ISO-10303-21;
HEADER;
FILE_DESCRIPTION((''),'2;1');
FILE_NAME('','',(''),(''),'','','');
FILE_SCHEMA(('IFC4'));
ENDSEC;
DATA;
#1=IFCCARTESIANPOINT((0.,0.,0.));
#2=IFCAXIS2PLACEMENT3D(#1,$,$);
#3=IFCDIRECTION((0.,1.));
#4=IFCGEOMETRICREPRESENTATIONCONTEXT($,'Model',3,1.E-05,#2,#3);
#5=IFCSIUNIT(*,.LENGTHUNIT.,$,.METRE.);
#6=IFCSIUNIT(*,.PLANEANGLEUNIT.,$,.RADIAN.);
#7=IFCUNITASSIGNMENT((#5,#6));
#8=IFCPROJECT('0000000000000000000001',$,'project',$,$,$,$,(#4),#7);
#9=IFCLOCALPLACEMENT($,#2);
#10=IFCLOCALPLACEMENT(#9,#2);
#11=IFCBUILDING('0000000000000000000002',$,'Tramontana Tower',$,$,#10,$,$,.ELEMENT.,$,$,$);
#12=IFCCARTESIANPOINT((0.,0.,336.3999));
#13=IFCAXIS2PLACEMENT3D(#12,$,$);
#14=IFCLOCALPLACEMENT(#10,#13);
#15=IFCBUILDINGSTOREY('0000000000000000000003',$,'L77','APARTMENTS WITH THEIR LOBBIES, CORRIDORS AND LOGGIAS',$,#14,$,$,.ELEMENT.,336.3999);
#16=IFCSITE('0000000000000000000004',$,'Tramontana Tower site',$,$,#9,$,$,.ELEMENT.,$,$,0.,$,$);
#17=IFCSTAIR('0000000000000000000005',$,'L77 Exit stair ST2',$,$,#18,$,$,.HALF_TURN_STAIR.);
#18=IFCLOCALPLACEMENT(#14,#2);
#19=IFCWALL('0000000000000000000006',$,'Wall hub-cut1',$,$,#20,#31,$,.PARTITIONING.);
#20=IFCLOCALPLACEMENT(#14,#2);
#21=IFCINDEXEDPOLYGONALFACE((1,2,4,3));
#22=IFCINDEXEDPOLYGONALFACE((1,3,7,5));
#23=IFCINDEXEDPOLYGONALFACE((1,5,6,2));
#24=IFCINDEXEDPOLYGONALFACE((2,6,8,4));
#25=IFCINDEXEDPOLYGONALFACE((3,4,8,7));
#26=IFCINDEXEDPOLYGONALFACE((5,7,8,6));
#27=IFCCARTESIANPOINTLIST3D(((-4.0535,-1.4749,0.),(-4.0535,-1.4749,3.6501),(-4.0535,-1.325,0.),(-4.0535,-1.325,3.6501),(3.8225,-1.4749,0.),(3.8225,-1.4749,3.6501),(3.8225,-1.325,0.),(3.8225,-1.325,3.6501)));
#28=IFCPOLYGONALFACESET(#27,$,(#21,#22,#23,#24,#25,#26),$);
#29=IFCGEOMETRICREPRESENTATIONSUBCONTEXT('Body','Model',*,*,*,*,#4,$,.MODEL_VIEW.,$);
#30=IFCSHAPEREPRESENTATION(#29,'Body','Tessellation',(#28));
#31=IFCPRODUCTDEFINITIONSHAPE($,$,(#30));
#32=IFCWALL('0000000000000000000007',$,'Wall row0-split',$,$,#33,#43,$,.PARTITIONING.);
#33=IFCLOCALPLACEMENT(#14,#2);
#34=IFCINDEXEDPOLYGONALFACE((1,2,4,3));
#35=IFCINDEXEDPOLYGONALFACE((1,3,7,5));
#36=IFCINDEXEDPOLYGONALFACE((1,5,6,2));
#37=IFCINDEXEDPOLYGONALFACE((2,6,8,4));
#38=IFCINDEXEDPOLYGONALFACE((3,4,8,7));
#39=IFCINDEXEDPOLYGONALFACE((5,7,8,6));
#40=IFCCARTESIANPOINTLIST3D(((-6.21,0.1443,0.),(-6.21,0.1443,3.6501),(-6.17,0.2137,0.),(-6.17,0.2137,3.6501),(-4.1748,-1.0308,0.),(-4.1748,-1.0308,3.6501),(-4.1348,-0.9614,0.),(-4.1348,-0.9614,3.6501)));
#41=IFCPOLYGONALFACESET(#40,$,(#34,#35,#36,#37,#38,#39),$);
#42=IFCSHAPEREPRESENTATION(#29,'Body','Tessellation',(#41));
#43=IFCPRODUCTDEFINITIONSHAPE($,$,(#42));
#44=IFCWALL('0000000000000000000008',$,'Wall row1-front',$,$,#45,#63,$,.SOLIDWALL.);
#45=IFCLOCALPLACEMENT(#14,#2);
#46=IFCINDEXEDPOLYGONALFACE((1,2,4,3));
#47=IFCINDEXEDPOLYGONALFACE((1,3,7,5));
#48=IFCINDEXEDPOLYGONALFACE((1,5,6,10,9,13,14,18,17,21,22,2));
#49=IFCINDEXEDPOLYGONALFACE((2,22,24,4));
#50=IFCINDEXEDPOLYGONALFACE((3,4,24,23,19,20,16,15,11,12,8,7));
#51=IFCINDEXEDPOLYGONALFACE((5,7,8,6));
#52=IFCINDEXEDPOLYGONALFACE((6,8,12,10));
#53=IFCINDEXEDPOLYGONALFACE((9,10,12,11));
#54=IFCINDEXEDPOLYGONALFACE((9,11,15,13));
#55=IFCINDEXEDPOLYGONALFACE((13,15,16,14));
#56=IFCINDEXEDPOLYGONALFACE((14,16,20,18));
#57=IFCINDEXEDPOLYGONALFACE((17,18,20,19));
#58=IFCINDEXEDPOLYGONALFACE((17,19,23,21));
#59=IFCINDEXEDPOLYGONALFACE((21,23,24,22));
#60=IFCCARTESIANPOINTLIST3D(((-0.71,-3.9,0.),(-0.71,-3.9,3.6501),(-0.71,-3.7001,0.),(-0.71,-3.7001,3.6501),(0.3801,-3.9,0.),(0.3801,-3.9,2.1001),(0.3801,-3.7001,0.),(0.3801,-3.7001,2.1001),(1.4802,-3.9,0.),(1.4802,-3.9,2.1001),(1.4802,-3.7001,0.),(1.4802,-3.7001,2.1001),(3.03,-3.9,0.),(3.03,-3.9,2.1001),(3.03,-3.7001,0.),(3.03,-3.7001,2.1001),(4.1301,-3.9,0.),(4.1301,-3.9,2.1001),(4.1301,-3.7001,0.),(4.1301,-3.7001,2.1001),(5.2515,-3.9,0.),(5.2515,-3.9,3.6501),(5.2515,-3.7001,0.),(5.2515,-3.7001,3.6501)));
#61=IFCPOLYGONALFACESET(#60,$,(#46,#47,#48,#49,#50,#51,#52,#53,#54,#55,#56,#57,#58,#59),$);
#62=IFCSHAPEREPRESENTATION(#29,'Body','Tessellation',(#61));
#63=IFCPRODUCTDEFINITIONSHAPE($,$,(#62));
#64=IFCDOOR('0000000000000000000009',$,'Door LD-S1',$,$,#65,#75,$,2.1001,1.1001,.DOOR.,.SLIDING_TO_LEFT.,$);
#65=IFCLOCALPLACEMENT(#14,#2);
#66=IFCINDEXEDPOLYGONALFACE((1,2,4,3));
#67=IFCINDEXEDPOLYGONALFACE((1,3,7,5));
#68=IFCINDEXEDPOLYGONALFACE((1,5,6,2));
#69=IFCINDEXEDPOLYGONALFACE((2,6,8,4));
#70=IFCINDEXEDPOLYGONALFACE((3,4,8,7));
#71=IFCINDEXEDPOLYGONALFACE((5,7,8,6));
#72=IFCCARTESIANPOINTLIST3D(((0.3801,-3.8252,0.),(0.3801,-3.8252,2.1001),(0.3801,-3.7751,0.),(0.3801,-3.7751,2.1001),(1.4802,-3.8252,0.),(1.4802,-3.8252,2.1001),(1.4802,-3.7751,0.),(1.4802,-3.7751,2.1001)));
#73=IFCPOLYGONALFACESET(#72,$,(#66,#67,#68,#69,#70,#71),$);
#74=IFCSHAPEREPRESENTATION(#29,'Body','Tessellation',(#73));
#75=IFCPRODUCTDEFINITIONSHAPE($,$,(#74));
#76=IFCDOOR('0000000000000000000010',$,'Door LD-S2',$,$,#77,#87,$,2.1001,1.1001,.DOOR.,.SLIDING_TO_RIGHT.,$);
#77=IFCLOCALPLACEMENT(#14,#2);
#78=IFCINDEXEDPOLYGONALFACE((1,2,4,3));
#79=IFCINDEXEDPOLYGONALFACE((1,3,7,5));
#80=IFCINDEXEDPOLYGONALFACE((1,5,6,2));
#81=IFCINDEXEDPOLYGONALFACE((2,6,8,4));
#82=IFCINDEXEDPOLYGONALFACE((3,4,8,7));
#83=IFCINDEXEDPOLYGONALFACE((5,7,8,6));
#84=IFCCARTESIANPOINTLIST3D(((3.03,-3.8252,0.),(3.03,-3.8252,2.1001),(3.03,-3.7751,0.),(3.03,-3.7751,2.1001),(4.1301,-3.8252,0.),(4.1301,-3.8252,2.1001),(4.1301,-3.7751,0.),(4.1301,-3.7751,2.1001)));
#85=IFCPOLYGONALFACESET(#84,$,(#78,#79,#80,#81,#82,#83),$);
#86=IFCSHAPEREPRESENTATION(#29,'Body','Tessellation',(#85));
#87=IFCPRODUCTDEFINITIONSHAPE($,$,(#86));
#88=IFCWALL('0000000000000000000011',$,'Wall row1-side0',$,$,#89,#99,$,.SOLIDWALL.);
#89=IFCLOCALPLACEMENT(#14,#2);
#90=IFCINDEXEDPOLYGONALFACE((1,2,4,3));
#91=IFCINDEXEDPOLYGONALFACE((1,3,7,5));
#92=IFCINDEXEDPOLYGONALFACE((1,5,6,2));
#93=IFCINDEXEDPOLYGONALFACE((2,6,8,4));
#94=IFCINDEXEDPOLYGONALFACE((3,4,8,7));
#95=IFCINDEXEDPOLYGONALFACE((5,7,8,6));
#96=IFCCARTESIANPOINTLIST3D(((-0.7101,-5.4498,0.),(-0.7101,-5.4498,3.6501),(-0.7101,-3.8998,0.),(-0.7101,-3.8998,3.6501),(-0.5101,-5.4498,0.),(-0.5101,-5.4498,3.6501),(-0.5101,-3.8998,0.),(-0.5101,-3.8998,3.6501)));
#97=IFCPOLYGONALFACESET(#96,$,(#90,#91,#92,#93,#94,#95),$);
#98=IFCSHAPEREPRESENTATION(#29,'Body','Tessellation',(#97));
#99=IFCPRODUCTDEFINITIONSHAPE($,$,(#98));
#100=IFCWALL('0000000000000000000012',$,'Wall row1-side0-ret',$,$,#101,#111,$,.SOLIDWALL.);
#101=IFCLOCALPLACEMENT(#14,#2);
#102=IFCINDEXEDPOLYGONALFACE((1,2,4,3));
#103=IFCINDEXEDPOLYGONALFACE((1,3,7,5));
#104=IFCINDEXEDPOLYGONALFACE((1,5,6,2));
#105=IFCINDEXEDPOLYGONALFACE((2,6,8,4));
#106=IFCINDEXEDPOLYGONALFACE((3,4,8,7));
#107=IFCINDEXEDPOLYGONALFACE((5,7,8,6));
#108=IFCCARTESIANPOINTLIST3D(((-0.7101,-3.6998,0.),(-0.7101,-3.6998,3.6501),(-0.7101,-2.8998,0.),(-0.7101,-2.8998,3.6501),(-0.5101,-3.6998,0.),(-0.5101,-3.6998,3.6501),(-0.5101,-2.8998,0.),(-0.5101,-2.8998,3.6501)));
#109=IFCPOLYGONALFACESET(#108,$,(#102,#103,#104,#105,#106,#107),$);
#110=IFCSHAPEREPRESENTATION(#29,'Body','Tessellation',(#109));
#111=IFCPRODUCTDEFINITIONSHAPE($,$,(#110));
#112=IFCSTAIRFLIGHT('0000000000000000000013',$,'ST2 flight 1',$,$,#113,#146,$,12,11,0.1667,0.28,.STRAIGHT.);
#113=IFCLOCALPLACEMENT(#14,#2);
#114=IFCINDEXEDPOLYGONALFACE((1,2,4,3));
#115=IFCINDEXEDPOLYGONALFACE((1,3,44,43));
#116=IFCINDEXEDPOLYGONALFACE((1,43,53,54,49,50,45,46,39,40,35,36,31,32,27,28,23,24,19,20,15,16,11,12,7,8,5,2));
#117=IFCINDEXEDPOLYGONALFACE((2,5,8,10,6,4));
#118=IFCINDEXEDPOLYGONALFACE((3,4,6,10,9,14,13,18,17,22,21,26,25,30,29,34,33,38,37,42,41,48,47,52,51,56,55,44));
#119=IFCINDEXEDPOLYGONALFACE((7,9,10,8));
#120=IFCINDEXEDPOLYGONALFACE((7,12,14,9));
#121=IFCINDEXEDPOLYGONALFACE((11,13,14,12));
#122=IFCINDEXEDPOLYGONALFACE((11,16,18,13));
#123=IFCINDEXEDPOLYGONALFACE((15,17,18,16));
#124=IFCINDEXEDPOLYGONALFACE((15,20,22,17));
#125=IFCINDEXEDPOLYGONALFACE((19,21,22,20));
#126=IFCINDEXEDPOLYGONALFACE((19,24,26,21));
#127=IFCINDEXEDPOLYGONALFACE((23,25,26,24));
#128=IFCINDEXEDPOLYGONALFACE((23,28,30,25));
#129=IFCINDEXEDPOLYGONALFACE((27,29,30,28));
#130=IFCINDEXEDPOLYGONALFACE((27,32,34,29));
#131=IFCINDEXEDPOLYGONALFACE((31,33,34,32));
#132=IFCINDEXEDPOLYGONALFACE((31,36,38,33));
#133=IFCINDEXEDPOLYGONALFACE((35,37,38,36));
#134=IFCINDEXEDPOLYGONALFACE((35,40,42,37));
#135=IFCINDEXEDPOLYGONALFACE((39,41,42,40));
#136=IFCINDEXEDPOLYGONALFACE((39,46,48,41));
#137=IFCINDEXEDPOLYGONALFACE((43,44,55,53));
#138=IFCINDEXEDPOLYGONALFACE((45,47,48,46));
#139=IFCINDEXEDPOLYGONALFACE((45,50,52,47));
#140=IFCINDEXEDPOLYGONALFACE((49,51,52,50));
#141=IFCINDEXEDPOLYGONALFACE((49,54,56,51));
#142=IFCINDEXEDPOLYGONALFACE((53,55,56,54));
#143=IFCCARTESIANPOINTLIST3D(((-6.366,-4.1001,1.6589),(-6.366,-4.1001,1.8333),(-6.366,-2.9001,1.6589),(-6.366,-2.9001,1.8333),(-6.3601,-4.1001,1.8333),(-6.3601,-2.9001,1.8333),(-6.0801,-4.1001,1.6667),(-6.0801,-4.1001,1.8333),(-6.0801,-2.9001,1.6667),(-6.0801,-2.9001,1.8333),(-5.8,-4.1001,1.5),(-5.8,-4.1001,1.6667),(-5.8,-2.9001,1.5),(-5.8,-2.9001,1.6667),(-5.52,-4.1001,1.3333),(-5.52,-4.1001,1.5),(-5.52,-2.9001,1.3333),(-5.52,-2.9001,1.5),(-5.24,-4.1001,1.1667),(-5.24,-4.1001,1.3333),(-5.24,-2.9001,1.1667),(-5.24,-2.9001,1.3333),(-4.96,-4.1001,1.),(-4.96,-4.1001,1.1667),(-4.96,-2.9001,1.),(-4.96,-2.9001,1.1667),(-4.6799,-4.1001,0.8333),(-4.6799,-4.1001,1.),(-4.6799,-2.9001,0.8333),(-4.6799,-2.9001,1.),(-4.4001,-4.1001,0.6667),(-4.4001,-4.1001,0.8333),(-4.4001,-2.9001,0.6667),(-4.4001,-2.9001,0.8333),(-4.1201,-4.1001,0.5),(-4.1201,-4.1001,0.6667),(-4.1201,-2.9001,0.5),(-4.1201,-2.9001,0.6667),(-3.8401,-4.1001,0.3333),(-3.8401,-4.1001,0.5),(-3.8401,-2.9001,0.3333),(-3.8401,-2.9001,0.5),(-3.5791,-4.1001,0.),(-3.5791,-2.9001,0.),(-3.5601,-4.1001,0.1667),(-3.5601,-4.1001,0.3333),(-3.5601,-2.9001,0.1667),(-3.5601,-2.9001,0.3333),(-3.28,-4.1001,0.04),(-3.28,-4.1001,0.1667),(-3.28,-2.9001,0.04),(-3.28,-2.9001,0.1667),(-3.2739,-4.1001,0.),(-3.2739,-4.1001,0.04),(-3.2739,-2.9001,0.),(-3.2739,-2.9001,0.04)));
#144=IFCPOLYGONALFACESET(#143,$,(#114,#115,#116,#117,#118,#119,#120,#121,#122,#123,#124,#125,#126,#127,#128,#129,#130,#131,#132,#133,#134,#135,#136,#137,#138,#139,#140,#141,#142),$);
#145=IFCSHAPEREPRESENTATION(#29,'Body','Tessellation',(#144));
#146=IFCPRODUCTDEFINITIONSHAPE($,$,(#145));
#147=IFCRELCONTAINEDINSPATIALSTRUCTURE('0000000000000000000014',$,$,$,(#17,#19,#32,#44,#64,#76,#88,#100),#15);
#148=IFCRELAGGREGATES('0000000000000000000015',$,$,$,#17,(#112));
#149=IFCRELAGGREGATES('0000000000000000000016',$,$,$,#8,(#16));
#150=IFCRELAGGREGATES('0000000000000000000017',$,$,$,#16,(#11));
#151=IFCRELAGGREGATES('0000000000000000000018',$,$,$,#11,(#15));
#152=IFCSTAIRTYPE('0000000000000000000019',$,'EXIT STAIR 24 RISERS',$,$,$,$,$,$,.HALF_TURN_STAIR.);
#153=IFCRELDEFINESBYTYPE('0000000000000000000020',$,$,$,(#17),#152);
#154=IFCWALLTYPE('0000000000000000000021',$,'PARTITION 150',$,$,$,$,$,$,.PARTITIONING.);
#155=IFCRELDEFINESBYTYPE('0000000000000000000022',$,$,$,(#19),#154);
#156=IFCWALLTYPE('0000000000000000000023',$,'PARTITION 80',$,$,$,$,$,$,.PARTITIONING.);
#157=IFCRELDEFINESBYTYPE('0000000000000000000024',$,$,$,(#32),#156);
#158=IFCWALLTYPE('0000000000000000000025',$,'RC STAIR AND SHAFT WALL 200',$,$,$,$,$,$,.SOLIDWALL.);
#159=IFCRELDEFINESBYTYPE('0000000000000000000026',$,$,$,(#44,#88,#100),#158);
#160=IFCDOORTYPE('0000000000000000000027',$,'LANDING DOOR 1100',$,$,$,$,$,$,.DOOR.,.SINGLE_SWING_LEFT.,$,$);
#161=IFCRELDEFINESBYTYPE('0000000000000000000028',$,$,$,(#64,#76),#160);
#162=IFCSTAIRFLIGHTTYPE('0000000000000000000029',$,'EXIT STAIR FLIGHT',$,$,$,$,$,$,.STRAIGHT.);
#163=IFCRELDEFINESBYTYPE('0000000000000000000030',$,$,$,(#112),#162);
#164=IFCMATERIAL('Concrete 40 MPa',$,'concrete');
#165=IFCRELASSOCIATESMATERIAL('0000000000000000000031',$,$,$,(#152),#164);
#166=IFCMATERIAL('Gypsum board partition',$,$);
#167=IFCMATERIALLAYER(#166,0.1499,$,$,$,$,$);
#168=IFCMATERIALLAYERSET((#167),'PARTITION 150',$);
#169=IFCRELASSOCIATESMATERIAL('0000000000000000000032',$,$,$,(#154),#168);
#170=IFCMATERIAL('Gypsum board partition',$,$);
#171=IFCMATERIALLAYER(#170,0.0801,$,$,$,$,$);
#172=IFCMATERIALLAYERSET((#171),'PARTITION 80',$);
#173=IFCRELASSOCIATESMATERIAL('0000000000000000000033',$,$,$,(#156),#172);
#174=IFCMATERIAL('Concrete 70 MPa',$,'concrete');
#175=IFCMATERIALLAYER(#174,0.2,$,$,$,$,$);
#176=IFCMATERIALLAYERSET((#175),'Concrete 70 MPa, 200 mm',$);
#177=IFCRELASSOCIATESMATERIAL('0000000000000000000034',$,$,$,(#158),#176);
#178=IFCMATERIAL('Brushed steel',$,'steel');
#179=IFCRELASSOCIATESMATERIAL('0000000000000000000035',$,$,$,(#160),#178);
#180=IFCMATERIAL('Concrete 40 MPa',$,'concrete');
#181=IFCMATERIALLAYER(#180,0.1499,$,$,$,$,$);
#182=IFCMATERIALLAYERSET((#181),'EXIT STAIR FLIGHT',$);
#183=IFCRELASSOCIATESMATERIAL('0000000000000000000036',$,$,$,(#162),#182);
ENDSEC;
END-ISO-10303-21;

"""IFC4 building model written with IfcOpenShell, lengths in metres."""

from ifc_helpers import new_model, si_unit, direction, frame, frame_2d, origin, place, context, subcontext, project, spatial, polyline, rectangle, outline, extrude, material, layer, layer_set, type_object, element, fill, aggregate, save


model = new_model("IFC4")

# Units and contexts
model_context = context("Model", 3, precision=1e-05, world=origin(), true_north=direction((0.0, 1.0)))
body_context = subcontext(model_context, "Body", "Model", "MODEL_VIEW")
ifc_project = project(units=[si_unit("LENGTHUNIT", "METRE"), si_unit("PLANEANGLEUNIT", "RADIAN")], contexts=[model_context])

# Site, building, storey
site_placement = place(None, origin())
site = spatial("IfcSite", under=ifc_project, at=site_placement, Name="Tramontana Tower site", CompositionType="ELEMENT", RefElevation=0.0)
building_placement = place(site_placement, origin())
building = spatial("IfcBuilding", under=site, at=building_placement, Name="Tramontana Tower", CompositionType="ELEMENT")
storey_placement = place(building_placement, frame((0.0, 0.0, 336.3999)))
storey = spatial("IfcBuildingStorey", under=building, at=storey_placement, Name="L77", Description="APARTMENTS WITH THEIR LOBBIES, CORRIDORS AND LOGGIAS", CompositionType="ELEMENT", Elevation=336.3999)

# Stair
ifc_material_1 = material(Name="Concrete 40 MPa", Category="concrete")
stair_type = type_object("IfcStairType", Name="EXIT STAIR 24 RISERS", PredefinedType="HALF_TURN_STAIR", material=ifc_material_1)
stair_1_placement = place(storey_placement, origin())
stair_1 = element("IfcStair", 1, at=stair_1_placement, inside=storey, type_object=stair_type, Name="L77 Exit stair ST2", PredefinedType="HALF_TURN_STAIR")

# Shared definitions
ifc_material_2 = material(Name="Gypsum board partition")
ifc_layer_1 = layer(ifc_material_2, 0.1499)
ifc_layer_set_1 = layer_set([ifc_layer_1], Name="PARTITION 150")
wall_type_1 = type_object("IfcWallType", Name="PARTITION 150", PredefinedType="PARTITIONING", material=ifc_layer_set_1)

# Walls
wall_1_placement = place(storey_placement, frame((-4.0535, -1.3999, 0.0), z_axis=(0.0, 0.0, 1.0), x_axis=(1.0, 0.0, 0.0)))
element("IfcWall", 2, at=wall_1_placement, inside=storey, type_object=wall_type_1, Name="Wall hub-cut1", PredefinedType="PARTITIONING", context=body_context, shape_type="SweptSolid", body=[
    extrude(rectangle(XDim=7.876, YDim=0.1499, at=frame_2d((3.938, 0.0))), origin(), (0.0, 0.0, 1.0), 3.6501),
])
ifc_material_3 = material(Name="Gypsum board partition")
ifc_layer_2 = layer(ifc_material_3, 0.0801)
ifc_layer_set_2 = layer_set([ifc_layer_2], Name="PARTITION 80")
wall_type_2 = type_object("IfcWallType", Name="PARTITION 80", PredefinedType="PARTITIONING", material=ifc_layer_set_2)
wall_2_placement = place(storey_placement, frame((-4.1548, -0.9961, 0.0), z_axis=(0.0, 0.0, 1.0), x_axis=(-0.866016, 0.500016, 0.0)))
element("IfcWall", 3, at=wall_2_placement, inside=storey, type_object=wall_type_2, Name="Wall row0-split", PredefinedType="PARTITIONING", context=body_context, shape_type="SweptSolid", body=[
    extrude(rectangle(XDim=2.3501, YDim=0.0801, at=frame_2d((1.175, 0.0))), origin(), (0.0, 0.0, 1.0), 3.6501),
])

# Shared definitions
ifc_material_4 = material(Name="Concrete 70 MPa", Category="concrete")
ifc_layer_3 = layer(ifc_material_4, 0.2)
ifc_layer_set_3 = layer_set([ifc_layer_3], Name="Concrete 70 MPa, 200 mm")
wall_type_3 = type_object("IfcWallType", Name="RC STAIR AND SHAFT WALL 200", PredefinedType="SOLIDWALL", material=ifc_layer_set_3)

# Wall, openings, doors
wall_3_placement = place(storey_placement, frame((-0.71, -3.8, 0.0), z_axis=(0.0, 0.0, 1.0), x_axis=(1.0, 0.0, 0.0)))
wall_3 = element("IfcWall", 4, at=wall_3_placement, inside=storey, type_object=wall_type_3, Name="Wall row1-front", PredefinedType="SOLIDWALL", context=body_context, shape_type="SweptSolid", body=[
    extrude(rectangle(XDim=5.9614, YDim=0.2, at=frame_2d((2.9807, 0.0))), origin(), (0.0, 0.0, 1.0), 3.6501),
])
opening_1_placement = place(wall_3_placement, frame((1.0901, 0.0, 0.0)))
opening_1 = element("IfcOpeningElement", 5, at=opening_1_placement, cuts=wall_3, PredefinedType="OPENING", context=body_context, shape_type="SweptSolid", body=[
    extrude(rectangle(XDim=1.1001, YDim=2.1001, at=frame_2d((0.55, 1.05))), frame((0.0, 0.1099, 0.0), z_axis=(0.0, -1.0, 0.0), x_axis=(1.0, 0.0, 0.0)), (0.0, 0.0, 1.0), 0.22),
])
opening_2_placement = place(wall_3_placement, frame((3.74, 0.0, 0.0)))
opening_2 = element("IfcOpeningElement", 6, at=opening_2_placement, cuts=wall_3, PredefinedType="OPENING", context=body_context, shape_type="SweptSolid", body=[
    extrude(rectangle(XDim=1.1001, YDim=2.1001, at=frame_2d((0.55, 1.05))), frame((0.0, 0.1099, 0.0), z_axis=(0.0, -1.0, 0.0), x_axis=(1.0, 0.0, 0.0)), (0.0, 0.0, 1.0), 0.22),
])
ifc_material_5 = material(Name="Brushed steel", Category="steel")
door_type_1 = type_object("IfcDoorType", Name="LANDING DOOR 1100", OperationType="SINGLE_SWING_LEFT", PredefinedType="DOOR", material=ifc_material_5)
door_1_placement = place(opening_1_placement, origin())
door_1 = element("IfcDoor", 7, at=door_1_placement, inside=storey, type_object=door_type_1, Name="Door LD-S1", OperationType="SLIDING_TO_LEFT", OverallHeight=2.1001, OverallWidth=1.1001, PredefinedType="DOOR", context=body_context, shape_type="SweptSolid", body=[
    extrude(rectangle(XDim=1.1001, YDim=2.1001, at=frame_2d((0.55, 1.05))), frame((0.0, 0.0249, 0.0), z_axis=(0.0, -1.0, 0.0), x_axis=(1.0, 0.0, 0.0)), (0.0, 0.0, 1.0), 0.05),
])
fill(opening_1, door_1)
door_2_placement = place(opening_2_placement, origin())
door_2 = element("IfcDoor", 8, at=door_2_placement, inside=storey, type_object=door_type_1, Name="Door LD-S2", OperationType="SLIDING_TO_RIGHT", OverallHeight=2.1001, OverallWidth=1.1001, PredefinedType="DOOR", context=body_context, shape_type="SweptSolid", body=[
    extrude(rectangle(XDim=1.1001, YDim=2.1001, at=frame_2d((0.55, 1.05))), frame((0.0, 0.0249, 0.0), z_axis=(0.0, -1.0, 0.0), x_axis=(1.0, 0.0, 0.0)), (0.0, 0.0, 1.0), 0.05),
])
fill(opening_2, door_2)

# Walls
wall_4_placement = place(storey_placement, frame((-0.6101, -3.8999, 0.0), z_axis=(0.0, 0.0, 1.0), x_axis=(0.0, -1.0, 0.0)))
element("IfcWall", 9, at=wall_4_placement, inside=storey, type_object=wall_type_3, Name="Wall row1-side0", PredefinedType="SOLIDWALL", context=body_context, shape_type="SweptSolid", body=[
    extrude(rectangle(XDim=1.55, YDim=0.2, at=frame_2d((0.7749, 0.0))), origin(), (0.0, 0.0, 1.0), 3.6501),
])
wall_5_placement = place(storey_placement, frame((-0.6101, -2.8999, 0.0), z_axis=(0.0, 0.0, 1.0), x_axis=(0.0, -1.0, 0.0)))
element("IfcWall", 10, at=wall_5_placement, inside=storey, type_object=wall_type_3, Name="Wall row1-side0-ret", PredefinedType="SOLIDWALL", context=body_context, shape_type="SweptSolid", body=[
    extrude(rectangle(XDim=0.8, YDim=0.2, at=frame_2d((0.3999, 0.0))), origin(), (0.0, 0.0, 1.0), 3.6501),
])

# Stair flight
ifc_material_6 = material(Name="Concrete 40 MPa", Category="concrete")
ifc_layer_4 = layer(ifc_material_6, 0.1499)
ifc_layer_set_4 = layer_set([ifc_layer_4], Name="EXIT STAIR FLIGHT")
stair_flight_type = type_object("IfcStairFlightType", Name="EXIT STAIR FLIGHT", PredefinedType="STRAIGHT", material=ifc_layer_set_4)
stair_flight_placement = place(storey_placement, frame((-3.28, -3.5, 0.0), z_axis=(0.0, 0.0, 1.0), x_axis=(-1.0, 0.0, 0.0)))
stair_flight = element("IfcStairFlight", 11, at=stair_flight_placement, type_object=stair_flight_type, Name="ST2 flight 1", NumberOfRisers=12, NumberOfTreads=11, PredefinedType="STRAIGHT", RiserHeight=0.1667, TreadLength=0.28, context=body_context, shape_type="SweptSolid", body=[
    extrude(outline(polyline([(-0.0061, 0.0), (-0.0061, 0.04), (0.0, 0.04), (0.0, 0.1667), (0.28, 0.1667), (0.28, 0.3333), (0.5601, 0.3333), (0.5601, 0.5), (0.8401, 0.5), (0.8401, 0.6667), (1.1201, 0.6667), (1.1201, 0.8333), (1.3999, 0.8333), (1.3999, 1.0), (1.6799, 1.0), (1.6799, 1.1667), (1.96, 1.1667), (1.96, 1.3333), (2.24, 1.3333), (2.24, 1.5), (2.52, 1.5), (2.52, 1.6667), (2.8, 1.6667), (2.8, 1.8333), (3.0801, 1.8333), (3.0859, 1.8333), (3.0859, 1.6589), (0.2991, 0.0), (-0.0061, 0.0)])), frame((0.0, 0.6001, 0.0), z_axis=(0.0, -1.0, 0.0), x_axis=(1.0, 0.0, 0.0)), (0.0, 0.0, 1.0), 1.2),
])
aggregate(stair_1, [stair_flight])

save(model, "model.ifc")
